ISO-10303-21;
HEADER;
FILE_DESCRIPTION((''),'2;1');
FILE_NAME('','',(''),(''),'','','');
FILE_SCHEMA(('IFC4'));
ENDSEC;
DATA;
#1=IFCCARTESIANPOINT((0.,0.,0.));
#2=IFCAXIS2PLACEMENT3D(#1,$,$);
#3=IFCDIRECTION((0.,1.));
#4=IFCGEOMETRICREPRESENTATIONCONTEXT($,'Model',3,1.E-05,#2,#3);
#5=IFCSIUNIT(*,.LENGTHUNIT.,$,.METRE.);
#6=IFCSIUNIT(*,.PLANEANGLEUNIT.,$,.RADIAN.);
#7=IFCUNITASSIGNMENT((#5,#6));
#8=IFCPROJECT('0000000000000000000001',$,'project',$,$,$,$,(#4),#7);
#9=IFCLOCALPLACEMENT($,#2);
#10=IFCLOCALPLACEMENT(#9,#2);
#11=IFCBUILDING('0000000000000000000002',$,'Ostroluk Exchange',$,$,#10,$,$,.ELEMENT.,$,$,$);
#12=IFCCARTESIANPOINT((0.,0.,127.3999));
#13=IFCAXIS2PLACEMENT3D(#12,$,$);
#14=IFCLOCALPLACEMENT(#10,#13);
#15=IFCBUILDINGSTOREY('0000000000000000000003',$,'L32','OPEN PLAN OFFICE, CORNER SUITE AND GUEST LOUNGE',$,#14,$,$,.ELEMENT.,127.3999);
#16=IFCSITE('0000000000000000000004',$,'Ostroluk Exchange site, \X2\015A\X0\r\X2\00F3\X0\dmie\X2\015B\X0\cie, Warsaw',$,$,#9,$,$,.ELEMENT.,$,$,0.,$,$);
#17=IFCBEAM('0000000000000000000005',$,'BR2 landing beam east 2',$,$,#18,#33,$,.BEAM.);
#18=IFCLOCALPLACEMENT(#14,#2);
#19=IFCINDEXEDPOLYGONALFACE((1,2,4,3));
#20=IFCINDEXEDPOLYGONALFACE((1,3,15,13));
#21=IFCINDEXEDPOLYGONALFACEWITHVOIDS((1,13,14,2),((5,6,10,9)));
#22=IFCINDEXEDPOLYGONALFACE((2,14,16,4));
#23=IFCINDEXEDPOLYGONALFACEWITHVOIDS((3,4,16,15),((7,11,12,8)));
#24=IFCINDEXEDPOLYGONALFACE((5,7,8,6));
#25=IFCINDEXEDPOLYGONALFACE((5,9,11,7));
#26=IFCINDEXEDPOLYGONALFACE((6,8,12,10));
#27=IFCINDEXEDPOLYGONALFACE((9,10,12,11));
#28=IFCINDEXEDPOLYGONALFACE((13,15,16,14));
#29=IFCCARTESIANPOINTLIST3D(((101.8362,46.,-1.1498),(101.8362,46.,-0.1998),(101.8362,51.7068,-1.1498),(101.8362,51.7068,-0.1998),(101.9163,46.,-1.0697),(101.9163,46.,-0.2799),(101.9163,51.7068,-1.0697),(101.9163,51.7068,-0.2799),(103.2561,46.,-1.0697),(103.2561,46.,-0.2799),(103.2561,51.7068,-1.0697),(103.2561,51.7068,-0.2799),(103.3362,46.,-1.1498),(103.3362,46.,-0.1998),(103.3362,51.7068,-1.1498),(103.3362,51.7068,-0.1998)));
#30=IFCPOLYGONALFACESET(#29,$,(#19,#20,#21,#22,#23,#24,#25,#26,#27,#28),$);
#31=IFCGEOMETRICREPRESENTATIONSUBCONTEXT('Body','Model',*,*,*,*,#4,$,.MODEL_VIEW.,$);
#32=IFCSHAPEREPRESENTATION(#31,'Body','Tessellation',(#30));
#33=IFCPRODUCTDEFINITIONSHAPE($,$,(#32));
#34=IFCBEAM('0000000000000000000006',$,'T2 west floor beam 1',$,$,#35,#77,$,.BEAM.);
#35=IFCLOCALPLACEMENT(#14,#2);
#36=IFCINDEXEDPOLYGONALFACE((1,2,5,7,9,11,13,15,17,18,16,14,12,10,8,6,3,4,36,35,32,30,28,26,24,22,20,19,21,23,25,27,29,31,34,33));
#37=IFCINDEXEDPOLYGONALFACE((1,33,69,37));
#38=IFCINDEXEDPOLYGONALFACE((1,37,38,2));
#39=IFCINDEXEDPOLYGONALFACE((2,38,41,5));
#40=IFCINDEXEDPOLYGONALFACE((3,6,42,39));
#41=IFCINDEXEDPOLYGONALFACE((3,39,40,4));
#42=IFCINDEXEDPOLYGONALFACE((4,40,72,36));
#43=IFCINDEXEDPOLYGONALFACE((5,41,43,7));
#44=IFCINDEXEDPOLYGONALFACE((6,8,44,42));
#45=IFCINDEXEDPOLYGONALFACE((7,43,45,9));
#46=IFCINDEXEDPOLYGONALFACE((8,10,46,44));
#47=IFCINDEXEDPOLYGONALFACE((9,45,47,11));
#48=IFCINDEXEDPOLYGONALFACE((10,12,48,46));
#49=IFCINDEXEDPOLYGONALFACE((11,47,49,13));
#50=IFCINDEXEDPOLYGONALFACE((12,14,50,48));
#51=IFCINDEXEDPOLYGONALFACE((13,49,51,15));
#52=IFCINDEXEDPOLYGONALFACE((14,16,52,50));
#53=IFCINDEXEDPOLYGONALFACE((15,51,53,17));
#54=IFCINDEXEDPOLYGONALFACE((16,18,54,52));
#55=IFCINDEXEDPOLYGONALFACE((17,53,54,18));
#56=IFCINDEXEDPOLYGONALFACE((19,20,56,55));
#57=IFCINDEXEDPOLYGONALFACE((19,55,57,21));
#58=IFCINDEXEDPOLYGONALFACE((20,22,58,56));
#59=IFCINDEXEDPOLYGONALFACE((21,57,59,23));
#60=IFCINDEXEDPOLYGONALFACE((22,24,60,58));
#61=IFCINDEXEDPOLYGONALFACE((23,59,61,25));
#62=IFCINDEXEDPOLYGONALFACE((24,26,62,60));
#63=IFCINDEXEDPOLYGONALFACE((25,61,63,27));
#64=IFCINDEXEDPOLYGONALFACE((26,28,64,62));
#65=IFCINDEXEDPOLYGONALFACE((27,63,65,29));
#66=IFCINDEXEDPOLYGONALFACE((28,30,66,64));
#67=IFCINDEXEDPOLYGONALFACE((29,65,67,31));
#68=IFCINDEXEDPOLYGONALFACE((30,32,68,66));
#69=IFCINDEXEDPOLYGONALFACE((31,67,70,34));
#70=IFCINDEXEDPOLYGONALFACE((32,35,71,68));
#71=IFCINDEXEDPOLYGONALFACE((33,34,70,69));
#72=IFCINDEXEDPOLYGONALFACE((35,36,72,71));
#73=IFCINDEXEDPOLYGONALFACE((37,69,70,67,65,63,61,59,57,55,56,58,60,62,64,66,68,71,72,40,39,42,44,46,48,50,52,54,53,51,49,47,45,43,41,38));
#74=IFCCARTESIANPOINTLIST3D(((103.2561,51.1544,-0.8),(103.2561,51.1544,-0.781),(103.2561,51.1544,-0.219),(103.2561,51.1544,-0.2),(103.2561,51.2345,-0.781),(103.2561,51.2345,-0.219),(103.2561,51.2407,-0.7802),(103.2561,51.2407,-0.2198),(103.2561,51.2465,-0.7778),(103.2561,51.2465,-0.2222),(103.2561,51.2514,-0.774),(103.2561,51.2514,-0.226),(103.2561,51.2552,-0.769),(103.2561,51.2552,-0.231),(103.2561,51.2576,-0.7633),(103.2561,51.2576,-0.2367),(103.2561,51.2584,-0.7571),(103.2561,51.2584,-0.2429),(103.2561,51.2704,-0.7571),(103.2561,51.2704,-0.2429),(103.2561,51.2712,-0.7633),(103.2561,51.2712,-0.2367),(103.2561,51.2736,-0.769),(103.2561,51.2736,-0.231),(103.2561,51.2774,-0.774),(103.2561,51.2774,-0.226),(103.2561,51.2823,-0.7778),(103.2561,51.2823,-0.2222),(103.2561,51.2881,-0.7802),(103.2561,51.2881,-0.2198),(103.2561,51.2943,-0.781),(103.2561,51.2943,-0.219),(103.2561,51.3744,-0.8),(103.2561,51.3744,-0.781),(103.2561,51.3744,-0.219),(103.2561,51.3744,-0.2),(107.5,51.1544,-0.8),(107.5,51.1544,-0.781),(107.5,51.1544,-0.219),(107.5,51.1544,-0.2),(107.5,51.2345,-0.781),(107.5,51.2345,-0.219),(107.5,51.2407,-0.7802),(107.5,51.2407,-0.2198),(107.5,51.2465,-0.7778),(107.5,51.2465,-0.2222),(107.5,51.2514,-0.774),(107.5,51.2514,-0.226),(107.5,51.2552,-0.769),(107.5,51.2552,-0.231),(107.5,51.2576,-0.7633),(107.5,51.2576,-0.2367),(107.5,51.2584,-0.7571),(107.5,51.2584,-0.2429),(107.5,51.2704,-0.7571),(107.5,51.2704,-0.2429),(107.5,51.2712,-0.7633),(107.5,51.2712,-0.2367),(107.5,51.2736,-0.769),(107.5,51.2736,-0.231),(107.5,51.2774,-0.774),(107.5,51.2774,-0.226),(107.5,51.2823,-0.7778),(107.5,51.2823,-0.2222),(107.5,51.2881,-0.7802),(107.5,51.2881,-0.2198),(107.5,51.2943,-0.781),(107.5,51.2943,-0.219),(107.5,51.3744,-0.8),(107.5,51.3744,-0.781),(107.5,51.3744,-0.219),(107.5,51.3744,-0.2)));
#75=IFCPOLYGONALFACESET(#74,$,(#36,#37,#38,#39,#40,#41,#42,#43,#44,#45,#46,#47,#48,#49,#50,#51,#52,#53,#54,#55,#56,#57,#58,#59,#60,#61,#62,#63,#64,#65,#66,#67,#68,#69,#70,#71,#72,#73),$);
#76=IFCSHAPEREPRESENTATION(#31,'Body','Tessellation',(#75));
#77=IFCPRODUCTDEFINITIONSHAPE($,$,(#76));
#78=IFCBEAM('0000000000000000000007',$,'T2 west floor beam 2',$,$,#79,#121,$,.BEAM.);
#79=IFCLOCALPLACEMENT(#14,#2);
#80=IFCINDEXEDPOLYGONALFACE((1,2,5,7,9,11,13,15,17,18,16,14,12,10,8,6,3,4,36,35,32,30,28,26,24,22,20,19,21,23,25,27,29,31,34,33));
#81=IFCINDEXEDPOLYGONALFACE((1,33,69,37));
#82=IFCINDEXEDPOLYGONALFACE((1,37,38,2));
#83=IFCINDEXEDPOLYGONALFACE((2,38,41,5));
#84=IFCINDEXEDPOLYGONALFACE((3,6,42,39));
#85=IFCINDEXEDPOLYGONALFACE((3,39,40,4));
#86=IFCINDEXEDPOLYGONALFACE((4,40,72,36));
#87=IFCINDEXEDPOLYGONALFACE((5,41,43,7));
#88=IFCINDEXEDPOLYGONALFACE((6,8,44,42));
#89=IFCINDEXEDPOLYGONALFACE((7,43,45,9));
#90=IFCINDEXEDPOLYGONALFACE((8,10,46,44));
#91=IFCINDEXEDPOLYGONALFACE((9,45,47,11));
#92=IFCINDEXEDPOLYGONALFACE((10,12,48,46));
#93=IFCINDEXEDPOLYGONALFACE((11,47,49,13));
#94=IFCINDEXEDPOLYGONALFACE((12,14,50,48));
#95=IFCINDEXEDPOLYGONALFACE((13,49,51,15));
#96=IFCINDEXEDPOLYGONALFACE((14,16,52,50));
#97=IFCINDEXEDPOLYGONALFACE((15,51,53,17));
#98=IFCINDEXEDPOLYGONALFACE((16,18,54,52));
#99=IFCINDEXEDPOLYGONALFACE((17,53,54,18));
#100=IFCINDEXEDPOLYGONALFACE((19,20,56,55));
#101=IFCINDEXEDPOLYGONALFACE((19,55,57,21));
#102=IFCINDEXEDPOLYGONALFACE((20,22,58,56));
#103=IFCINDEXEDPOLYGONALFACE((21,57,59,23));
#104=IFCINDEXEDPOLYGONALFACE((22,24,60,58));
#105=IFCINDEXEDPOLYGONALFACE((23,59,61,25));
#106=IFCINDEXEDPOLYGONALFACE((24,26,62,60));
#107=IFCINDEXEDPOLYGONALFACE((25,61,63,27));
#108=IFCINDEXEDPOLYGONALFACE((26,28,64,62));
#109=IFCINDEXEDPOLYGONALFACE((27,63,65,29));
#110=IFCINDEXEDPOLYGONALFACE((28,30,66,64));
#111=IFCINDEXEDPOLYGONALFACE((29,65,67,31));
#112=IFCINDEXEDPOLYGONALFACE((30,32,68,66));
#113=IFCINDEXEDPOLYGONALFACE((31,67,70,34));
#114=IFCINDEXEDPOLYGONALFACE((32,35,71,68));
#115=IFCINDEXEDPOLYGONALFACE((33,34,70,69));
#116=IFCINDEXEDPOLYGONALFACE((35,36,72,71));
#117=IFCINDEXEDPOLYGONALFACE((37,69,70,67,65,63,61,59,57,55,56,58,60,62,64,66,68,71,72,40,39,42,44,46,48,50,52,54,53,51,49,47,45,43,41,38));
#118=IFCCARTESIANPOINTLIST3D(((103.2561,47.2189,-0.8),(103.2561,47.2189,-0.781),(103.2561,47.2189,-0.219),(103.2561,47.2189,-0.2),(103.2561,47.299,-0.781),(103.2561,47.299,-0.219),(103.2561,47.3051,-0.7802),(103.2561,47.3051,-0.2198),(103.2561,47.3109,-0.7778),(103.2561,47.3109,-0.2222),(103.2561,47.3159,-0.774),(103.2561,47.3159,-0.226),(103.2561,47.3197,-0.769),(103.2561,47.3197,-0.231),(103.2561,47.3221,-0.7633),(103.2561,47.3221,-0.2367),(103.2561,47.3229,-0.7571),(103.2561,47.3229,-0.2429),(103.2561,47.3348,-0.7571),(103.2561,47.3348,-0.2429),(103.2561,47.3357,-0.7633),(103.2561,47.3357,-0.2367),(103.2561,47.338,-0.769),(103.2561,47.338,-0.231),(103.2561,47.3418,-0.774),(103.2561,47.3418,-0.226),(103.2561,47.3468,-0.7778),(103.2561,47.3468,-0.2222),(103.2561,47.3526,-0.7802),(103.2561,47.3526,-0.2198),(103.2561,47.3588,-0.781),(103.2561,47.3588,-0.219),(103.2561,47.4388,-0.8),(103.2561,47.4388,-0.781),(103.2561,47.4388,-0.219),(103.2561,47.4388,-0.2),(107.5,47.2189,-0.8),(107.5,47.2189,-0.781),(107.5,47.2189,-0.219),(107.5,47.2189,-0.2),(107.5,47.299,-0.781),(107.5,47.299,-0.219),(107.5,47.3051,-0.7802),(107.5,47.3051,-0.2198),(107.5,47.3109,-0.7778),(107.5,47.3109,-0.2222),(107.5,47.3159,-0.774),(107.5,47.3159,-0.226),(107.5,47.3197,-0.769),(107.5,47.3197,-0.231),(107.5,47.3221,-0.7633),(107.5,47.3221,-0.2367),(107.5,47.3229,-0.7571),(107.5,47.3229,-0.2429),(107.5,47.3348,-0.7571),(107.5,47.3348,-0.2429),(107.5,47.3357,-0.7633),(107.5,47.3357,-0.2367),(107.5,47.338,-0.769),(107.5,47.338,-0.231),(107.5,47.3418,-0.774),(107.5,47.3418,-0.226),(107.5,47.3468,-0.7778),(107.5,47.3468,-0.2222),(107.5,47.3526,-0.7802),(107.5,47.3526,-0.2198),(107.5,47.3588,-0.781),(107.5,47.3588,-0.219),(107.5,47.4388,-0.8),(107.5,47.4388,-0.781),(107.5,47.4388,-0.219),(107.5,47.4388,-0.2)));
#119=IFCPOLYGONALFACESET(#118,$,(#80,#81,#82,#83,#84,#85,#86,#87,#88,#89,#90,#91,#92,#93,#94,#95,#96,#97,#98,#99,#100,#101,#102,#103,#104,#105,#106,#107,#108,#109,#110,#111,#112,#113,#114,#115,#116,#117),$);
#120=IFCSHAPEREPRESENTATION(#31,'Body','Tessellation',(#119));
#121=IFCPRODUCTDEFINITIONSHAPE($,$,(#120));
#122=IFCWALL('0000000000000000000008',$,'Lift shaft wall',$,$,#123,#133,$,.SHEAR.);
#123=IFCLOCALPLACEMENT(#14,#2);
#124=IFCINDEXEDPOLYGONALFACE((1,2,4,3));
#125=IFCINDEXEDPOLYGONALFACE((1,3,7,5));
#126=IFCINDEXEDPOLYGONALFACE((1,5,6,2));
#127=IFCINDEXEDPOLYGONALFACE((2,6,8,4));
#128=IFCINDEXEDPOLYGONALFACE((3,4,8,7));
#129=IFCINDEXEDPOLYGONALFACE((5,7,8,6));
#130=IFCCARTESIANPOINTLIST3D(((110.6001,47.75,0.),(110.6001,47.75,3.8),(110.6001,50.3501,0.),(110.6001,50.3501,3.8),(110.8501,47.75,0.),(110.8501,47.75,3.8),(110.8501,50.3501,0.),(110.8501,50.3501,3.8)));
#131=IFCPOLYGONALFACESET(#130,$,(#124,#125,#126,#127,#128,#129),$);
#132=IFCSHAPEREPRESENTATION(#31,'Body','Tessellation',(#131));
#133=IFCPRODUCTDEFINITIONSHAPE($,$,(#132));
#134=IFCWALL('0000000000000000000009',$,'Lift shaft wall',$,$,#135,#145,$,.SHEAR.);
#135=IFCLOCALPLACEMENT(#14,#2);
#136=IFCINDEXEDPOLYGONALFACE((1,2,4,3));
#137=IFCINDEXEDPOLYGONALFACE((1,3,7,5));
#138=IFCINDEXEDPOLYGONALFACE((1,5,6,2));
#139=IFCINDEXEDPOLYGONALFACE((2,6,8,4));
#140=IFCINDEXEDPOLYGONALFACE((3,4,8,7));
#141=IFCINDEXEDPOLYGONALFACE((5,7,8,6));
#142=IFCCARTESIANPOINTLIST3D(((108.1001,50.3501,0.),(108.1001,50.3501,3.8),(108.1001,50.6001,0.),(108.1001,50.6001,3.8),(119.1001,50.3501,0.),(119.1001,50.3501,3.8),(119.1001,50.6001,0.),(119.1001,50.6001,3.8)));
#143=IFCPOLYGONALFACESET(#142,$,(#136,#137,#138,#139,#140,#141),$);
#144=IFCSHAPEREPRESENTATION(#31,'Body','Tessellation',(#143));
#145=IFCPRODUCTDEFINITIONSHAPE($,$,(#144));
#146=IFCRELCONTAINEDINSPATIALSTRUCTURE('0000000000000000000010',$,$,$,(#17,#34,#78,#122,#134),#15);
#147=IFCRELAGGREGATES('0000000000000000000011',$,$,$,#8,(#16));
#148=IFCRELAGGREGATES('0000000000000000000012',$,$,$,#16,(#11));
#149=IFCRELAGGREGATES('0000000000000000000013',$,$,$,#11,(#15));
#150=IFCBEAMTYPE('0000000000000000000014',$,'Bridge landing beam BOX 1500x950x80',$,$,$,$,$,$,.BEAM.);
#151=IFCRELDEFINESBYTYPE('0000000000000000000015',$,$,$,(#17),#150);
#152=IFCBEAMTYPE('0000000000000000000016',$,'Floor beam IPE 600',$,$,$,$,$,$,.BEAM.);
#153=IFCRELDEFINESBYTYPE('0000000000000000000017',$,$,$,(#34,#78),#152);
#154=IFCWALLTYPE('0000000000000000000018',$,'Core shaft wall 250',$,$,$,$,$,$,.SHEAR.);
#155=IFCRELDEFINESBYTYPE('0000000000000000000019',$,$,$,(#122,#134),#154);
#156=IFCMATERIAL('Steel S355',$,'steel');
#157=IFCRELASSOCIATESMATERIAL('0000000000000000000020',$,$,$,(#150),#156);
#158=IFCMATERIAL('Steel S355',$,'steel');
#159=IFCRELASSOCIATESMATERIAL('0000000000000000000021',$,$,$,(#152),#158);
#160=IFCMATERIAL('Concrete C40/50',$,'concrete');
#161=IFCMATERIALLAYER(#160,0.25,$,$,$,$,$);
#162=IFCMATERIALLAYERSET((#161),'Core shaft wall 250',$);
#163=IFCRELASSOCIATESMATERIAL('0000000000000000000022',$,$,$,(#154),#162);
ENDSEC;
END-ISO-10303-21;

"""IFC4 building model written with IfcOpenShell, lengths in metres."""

from ifc_helpers import new_model, si_unit, direction, frame, frame_2d, origin, origin_2d, place, context, subcontext, project, spatial, rectangle, hollow_rectangle, i_section, extrude, material, layer, layer_set, material_profile, profile_set, type_object, element, save


model = new_model("IFC4")

# Units and contexts
model_context = context("Model", 3, precision=1e-05, world=origin(), true_north=direction((0.0, 1.0)))
body_context = subcontext(model_context, "Body", "Model", "MODEL_VIEW")
ifc_project = project(units=[si_unit("LENGTHUNIT", "METRE"), si_unit("PLANEANGLEUNIT", "RADIAN")], contexts=[model_context])

# Site, building, storey
site_placement = place(None, origin())
site = spatial("IfcSite", under=ifc_project, at=site_placement, Name="Ostroluk Exchange site, Śródmieście, Warsaw", CompositionType="ELEMENT", RefElevation=0.0)
building_placement = place(site_placement, origin())
building = spatial("IfcBuilding", under=site, at=building_placement, Name="Ostroluk Exchange", CompositionType="ELEMENT")
storey_placement = place(building_placement, frame((0.0, 0.0, 127.3999)))
storey = spatial("IfcBuildingStorey", under=building, at=storey_placement, Name="L32", Description="OPEN PLAN OFFICE, CORNER SUITE AND GUEST LOUNGE", CompositionType="ELEMENT", Elevation=127.3999)

# Beams
ifc_material_1 = material(Name="Steel S355", Category="steel")
ifc_material_profile_1 = material_profile(ifc_material_1, hollow_rectangle(XDim=1.5, YDim=0.95, WallThickness=0.0801, at=origin_2d()), Name="BOX 1500x950x80")
ifc_profile_set_1 = profile_set([ifc_material_profile_1], Name="Steel S355")
beam_type_1 = type_object("IfcBeamType", Name="Bridge landing beam BOX 1500x950x80", PredefinedType="BEAM", material=ifc_profile_set_1)
beam_placement = place(storey_placement, frame((102.5862, 46.0, -0.6748), z_axis=(0.0, 1.0, 0.0), x_axis=(-1.0, 0.0, 0.0)))
element("IfcBeam", 1, at=beam_placement, inside=storey, type_object=beam_type_1, Name="BR2 landing beam east 2", PredefinedType="BEAM", context=body_context, shape_type="SweptSolid", body=[
    extrude(hollow_rectangle(XDim=1.5, YDim=0.95, WallThickness=0.0801, at=origin_2d()), origin(), (0.0, 0.0, 1.0), 5.7068),
])
ifc_material_2 = material(Name="Steel S355", Category="steel")
ifc_material_profile_2 = material_profile(ifc_material_2, i_section(OverallWidth=0.22, OverallDepth=0.6001, WebThickness=0.012, FlangeThickness=0.019, FilletRadius=0.0239, at=origin_2d()), Name="IPE 600")
ifc_profile_set_2 = profile_set([ifc_material_profile_2], Name="Steel S355")
beam_type_2 = type_object("IfcBeamType", Name="Floor beam IPE 600", PredefinedType="BEAM", material=ifc_profile_set_2)
for number, where, z_axis, x_axis, name in (
    (2, (107.5, 51.2644, -0.5), (-1.0, 0.0, 0.0), (0.0, -1.0, 0.0), "T2 west floor beam 1"),
    (3, (107.5, 47.3289, -0.5), (-1.0, 0.0, 0.0), (0.0, -1.0, 0.0), "T2 west floor beam 2"),
):
    element("IfcBeam", number, at=place(storey_placement, frame(where, z_axis=z_axis, x_axis=x_axis)), inside=storey, type_object=beam_type_2, Name=name, PredefinedType="BEAM", context=body_context, shape_type="SweptSolid", body=[
        extrude(i_section(OverallWidth=0.22, OverallDepth=0.6001, WebThickness=0.012, FlangeThickness=0.019, FilletRadius=0.0239, at=origin_2d()), origin(), (0.0, 0.0, 1.0), 4.2439),
    ])

# Walls
ifc_material_3 = material(Name="Concrete C40/50", Category="concrete")
ifc_layer_1 = layer(ifc_material_3, 0.25)
ifc_layer_set_1 = layer_set([ifc_layer_1], Name="Core shaft wall 250")
wall_type_1 = type_object("IfcWallType", Name="Core shaft wall 250", PredefinedType="SHEAR", material=ifc_layer_set_1)
wall_1_placement = place(storey_placement, frame((110.7251, 47.75, 0.0), z_axis=(0.0, 0.0, 1.0), x_axis=(0.0, 1.0, 0.0)))
element("IfcWall", 4, at=wall_1_placement, inside=storey, type_object=wall_type_1, Name="Lift shaft wall", PredefinedType="SHEAR", context=body_context, shape_type="SweptSolid", body=[
    extrude(rectangle(XDim=2.6001, YDim=0.25, at=frame_2d((1.3, 0.0))), origin(), (0.0, 0.0, 1.0), 3.8),
])
wall_2_placement = place(storey_placement, frame((108.1001, 50.4751, 0.0), z_axis=(0.0, 0.0, 1.0), x_axis=(1.0, 0.0, 0.0)))
element("IfcWall", 5, at=wall_2_placement, inside=storey, type_object=wall_type_1, Name="Lift shaft wall", PredefinedType="SHEAR", context=body_context, shape_type="SweptSolid", body=[
    extrude(rectangle(XDim=11.0, YDim=0.25, at=frame_2d((5.5, 0.0))), origin(), (0.0, 0.0, 1.0), 3.8),
])

save(model, "model.ifc")
